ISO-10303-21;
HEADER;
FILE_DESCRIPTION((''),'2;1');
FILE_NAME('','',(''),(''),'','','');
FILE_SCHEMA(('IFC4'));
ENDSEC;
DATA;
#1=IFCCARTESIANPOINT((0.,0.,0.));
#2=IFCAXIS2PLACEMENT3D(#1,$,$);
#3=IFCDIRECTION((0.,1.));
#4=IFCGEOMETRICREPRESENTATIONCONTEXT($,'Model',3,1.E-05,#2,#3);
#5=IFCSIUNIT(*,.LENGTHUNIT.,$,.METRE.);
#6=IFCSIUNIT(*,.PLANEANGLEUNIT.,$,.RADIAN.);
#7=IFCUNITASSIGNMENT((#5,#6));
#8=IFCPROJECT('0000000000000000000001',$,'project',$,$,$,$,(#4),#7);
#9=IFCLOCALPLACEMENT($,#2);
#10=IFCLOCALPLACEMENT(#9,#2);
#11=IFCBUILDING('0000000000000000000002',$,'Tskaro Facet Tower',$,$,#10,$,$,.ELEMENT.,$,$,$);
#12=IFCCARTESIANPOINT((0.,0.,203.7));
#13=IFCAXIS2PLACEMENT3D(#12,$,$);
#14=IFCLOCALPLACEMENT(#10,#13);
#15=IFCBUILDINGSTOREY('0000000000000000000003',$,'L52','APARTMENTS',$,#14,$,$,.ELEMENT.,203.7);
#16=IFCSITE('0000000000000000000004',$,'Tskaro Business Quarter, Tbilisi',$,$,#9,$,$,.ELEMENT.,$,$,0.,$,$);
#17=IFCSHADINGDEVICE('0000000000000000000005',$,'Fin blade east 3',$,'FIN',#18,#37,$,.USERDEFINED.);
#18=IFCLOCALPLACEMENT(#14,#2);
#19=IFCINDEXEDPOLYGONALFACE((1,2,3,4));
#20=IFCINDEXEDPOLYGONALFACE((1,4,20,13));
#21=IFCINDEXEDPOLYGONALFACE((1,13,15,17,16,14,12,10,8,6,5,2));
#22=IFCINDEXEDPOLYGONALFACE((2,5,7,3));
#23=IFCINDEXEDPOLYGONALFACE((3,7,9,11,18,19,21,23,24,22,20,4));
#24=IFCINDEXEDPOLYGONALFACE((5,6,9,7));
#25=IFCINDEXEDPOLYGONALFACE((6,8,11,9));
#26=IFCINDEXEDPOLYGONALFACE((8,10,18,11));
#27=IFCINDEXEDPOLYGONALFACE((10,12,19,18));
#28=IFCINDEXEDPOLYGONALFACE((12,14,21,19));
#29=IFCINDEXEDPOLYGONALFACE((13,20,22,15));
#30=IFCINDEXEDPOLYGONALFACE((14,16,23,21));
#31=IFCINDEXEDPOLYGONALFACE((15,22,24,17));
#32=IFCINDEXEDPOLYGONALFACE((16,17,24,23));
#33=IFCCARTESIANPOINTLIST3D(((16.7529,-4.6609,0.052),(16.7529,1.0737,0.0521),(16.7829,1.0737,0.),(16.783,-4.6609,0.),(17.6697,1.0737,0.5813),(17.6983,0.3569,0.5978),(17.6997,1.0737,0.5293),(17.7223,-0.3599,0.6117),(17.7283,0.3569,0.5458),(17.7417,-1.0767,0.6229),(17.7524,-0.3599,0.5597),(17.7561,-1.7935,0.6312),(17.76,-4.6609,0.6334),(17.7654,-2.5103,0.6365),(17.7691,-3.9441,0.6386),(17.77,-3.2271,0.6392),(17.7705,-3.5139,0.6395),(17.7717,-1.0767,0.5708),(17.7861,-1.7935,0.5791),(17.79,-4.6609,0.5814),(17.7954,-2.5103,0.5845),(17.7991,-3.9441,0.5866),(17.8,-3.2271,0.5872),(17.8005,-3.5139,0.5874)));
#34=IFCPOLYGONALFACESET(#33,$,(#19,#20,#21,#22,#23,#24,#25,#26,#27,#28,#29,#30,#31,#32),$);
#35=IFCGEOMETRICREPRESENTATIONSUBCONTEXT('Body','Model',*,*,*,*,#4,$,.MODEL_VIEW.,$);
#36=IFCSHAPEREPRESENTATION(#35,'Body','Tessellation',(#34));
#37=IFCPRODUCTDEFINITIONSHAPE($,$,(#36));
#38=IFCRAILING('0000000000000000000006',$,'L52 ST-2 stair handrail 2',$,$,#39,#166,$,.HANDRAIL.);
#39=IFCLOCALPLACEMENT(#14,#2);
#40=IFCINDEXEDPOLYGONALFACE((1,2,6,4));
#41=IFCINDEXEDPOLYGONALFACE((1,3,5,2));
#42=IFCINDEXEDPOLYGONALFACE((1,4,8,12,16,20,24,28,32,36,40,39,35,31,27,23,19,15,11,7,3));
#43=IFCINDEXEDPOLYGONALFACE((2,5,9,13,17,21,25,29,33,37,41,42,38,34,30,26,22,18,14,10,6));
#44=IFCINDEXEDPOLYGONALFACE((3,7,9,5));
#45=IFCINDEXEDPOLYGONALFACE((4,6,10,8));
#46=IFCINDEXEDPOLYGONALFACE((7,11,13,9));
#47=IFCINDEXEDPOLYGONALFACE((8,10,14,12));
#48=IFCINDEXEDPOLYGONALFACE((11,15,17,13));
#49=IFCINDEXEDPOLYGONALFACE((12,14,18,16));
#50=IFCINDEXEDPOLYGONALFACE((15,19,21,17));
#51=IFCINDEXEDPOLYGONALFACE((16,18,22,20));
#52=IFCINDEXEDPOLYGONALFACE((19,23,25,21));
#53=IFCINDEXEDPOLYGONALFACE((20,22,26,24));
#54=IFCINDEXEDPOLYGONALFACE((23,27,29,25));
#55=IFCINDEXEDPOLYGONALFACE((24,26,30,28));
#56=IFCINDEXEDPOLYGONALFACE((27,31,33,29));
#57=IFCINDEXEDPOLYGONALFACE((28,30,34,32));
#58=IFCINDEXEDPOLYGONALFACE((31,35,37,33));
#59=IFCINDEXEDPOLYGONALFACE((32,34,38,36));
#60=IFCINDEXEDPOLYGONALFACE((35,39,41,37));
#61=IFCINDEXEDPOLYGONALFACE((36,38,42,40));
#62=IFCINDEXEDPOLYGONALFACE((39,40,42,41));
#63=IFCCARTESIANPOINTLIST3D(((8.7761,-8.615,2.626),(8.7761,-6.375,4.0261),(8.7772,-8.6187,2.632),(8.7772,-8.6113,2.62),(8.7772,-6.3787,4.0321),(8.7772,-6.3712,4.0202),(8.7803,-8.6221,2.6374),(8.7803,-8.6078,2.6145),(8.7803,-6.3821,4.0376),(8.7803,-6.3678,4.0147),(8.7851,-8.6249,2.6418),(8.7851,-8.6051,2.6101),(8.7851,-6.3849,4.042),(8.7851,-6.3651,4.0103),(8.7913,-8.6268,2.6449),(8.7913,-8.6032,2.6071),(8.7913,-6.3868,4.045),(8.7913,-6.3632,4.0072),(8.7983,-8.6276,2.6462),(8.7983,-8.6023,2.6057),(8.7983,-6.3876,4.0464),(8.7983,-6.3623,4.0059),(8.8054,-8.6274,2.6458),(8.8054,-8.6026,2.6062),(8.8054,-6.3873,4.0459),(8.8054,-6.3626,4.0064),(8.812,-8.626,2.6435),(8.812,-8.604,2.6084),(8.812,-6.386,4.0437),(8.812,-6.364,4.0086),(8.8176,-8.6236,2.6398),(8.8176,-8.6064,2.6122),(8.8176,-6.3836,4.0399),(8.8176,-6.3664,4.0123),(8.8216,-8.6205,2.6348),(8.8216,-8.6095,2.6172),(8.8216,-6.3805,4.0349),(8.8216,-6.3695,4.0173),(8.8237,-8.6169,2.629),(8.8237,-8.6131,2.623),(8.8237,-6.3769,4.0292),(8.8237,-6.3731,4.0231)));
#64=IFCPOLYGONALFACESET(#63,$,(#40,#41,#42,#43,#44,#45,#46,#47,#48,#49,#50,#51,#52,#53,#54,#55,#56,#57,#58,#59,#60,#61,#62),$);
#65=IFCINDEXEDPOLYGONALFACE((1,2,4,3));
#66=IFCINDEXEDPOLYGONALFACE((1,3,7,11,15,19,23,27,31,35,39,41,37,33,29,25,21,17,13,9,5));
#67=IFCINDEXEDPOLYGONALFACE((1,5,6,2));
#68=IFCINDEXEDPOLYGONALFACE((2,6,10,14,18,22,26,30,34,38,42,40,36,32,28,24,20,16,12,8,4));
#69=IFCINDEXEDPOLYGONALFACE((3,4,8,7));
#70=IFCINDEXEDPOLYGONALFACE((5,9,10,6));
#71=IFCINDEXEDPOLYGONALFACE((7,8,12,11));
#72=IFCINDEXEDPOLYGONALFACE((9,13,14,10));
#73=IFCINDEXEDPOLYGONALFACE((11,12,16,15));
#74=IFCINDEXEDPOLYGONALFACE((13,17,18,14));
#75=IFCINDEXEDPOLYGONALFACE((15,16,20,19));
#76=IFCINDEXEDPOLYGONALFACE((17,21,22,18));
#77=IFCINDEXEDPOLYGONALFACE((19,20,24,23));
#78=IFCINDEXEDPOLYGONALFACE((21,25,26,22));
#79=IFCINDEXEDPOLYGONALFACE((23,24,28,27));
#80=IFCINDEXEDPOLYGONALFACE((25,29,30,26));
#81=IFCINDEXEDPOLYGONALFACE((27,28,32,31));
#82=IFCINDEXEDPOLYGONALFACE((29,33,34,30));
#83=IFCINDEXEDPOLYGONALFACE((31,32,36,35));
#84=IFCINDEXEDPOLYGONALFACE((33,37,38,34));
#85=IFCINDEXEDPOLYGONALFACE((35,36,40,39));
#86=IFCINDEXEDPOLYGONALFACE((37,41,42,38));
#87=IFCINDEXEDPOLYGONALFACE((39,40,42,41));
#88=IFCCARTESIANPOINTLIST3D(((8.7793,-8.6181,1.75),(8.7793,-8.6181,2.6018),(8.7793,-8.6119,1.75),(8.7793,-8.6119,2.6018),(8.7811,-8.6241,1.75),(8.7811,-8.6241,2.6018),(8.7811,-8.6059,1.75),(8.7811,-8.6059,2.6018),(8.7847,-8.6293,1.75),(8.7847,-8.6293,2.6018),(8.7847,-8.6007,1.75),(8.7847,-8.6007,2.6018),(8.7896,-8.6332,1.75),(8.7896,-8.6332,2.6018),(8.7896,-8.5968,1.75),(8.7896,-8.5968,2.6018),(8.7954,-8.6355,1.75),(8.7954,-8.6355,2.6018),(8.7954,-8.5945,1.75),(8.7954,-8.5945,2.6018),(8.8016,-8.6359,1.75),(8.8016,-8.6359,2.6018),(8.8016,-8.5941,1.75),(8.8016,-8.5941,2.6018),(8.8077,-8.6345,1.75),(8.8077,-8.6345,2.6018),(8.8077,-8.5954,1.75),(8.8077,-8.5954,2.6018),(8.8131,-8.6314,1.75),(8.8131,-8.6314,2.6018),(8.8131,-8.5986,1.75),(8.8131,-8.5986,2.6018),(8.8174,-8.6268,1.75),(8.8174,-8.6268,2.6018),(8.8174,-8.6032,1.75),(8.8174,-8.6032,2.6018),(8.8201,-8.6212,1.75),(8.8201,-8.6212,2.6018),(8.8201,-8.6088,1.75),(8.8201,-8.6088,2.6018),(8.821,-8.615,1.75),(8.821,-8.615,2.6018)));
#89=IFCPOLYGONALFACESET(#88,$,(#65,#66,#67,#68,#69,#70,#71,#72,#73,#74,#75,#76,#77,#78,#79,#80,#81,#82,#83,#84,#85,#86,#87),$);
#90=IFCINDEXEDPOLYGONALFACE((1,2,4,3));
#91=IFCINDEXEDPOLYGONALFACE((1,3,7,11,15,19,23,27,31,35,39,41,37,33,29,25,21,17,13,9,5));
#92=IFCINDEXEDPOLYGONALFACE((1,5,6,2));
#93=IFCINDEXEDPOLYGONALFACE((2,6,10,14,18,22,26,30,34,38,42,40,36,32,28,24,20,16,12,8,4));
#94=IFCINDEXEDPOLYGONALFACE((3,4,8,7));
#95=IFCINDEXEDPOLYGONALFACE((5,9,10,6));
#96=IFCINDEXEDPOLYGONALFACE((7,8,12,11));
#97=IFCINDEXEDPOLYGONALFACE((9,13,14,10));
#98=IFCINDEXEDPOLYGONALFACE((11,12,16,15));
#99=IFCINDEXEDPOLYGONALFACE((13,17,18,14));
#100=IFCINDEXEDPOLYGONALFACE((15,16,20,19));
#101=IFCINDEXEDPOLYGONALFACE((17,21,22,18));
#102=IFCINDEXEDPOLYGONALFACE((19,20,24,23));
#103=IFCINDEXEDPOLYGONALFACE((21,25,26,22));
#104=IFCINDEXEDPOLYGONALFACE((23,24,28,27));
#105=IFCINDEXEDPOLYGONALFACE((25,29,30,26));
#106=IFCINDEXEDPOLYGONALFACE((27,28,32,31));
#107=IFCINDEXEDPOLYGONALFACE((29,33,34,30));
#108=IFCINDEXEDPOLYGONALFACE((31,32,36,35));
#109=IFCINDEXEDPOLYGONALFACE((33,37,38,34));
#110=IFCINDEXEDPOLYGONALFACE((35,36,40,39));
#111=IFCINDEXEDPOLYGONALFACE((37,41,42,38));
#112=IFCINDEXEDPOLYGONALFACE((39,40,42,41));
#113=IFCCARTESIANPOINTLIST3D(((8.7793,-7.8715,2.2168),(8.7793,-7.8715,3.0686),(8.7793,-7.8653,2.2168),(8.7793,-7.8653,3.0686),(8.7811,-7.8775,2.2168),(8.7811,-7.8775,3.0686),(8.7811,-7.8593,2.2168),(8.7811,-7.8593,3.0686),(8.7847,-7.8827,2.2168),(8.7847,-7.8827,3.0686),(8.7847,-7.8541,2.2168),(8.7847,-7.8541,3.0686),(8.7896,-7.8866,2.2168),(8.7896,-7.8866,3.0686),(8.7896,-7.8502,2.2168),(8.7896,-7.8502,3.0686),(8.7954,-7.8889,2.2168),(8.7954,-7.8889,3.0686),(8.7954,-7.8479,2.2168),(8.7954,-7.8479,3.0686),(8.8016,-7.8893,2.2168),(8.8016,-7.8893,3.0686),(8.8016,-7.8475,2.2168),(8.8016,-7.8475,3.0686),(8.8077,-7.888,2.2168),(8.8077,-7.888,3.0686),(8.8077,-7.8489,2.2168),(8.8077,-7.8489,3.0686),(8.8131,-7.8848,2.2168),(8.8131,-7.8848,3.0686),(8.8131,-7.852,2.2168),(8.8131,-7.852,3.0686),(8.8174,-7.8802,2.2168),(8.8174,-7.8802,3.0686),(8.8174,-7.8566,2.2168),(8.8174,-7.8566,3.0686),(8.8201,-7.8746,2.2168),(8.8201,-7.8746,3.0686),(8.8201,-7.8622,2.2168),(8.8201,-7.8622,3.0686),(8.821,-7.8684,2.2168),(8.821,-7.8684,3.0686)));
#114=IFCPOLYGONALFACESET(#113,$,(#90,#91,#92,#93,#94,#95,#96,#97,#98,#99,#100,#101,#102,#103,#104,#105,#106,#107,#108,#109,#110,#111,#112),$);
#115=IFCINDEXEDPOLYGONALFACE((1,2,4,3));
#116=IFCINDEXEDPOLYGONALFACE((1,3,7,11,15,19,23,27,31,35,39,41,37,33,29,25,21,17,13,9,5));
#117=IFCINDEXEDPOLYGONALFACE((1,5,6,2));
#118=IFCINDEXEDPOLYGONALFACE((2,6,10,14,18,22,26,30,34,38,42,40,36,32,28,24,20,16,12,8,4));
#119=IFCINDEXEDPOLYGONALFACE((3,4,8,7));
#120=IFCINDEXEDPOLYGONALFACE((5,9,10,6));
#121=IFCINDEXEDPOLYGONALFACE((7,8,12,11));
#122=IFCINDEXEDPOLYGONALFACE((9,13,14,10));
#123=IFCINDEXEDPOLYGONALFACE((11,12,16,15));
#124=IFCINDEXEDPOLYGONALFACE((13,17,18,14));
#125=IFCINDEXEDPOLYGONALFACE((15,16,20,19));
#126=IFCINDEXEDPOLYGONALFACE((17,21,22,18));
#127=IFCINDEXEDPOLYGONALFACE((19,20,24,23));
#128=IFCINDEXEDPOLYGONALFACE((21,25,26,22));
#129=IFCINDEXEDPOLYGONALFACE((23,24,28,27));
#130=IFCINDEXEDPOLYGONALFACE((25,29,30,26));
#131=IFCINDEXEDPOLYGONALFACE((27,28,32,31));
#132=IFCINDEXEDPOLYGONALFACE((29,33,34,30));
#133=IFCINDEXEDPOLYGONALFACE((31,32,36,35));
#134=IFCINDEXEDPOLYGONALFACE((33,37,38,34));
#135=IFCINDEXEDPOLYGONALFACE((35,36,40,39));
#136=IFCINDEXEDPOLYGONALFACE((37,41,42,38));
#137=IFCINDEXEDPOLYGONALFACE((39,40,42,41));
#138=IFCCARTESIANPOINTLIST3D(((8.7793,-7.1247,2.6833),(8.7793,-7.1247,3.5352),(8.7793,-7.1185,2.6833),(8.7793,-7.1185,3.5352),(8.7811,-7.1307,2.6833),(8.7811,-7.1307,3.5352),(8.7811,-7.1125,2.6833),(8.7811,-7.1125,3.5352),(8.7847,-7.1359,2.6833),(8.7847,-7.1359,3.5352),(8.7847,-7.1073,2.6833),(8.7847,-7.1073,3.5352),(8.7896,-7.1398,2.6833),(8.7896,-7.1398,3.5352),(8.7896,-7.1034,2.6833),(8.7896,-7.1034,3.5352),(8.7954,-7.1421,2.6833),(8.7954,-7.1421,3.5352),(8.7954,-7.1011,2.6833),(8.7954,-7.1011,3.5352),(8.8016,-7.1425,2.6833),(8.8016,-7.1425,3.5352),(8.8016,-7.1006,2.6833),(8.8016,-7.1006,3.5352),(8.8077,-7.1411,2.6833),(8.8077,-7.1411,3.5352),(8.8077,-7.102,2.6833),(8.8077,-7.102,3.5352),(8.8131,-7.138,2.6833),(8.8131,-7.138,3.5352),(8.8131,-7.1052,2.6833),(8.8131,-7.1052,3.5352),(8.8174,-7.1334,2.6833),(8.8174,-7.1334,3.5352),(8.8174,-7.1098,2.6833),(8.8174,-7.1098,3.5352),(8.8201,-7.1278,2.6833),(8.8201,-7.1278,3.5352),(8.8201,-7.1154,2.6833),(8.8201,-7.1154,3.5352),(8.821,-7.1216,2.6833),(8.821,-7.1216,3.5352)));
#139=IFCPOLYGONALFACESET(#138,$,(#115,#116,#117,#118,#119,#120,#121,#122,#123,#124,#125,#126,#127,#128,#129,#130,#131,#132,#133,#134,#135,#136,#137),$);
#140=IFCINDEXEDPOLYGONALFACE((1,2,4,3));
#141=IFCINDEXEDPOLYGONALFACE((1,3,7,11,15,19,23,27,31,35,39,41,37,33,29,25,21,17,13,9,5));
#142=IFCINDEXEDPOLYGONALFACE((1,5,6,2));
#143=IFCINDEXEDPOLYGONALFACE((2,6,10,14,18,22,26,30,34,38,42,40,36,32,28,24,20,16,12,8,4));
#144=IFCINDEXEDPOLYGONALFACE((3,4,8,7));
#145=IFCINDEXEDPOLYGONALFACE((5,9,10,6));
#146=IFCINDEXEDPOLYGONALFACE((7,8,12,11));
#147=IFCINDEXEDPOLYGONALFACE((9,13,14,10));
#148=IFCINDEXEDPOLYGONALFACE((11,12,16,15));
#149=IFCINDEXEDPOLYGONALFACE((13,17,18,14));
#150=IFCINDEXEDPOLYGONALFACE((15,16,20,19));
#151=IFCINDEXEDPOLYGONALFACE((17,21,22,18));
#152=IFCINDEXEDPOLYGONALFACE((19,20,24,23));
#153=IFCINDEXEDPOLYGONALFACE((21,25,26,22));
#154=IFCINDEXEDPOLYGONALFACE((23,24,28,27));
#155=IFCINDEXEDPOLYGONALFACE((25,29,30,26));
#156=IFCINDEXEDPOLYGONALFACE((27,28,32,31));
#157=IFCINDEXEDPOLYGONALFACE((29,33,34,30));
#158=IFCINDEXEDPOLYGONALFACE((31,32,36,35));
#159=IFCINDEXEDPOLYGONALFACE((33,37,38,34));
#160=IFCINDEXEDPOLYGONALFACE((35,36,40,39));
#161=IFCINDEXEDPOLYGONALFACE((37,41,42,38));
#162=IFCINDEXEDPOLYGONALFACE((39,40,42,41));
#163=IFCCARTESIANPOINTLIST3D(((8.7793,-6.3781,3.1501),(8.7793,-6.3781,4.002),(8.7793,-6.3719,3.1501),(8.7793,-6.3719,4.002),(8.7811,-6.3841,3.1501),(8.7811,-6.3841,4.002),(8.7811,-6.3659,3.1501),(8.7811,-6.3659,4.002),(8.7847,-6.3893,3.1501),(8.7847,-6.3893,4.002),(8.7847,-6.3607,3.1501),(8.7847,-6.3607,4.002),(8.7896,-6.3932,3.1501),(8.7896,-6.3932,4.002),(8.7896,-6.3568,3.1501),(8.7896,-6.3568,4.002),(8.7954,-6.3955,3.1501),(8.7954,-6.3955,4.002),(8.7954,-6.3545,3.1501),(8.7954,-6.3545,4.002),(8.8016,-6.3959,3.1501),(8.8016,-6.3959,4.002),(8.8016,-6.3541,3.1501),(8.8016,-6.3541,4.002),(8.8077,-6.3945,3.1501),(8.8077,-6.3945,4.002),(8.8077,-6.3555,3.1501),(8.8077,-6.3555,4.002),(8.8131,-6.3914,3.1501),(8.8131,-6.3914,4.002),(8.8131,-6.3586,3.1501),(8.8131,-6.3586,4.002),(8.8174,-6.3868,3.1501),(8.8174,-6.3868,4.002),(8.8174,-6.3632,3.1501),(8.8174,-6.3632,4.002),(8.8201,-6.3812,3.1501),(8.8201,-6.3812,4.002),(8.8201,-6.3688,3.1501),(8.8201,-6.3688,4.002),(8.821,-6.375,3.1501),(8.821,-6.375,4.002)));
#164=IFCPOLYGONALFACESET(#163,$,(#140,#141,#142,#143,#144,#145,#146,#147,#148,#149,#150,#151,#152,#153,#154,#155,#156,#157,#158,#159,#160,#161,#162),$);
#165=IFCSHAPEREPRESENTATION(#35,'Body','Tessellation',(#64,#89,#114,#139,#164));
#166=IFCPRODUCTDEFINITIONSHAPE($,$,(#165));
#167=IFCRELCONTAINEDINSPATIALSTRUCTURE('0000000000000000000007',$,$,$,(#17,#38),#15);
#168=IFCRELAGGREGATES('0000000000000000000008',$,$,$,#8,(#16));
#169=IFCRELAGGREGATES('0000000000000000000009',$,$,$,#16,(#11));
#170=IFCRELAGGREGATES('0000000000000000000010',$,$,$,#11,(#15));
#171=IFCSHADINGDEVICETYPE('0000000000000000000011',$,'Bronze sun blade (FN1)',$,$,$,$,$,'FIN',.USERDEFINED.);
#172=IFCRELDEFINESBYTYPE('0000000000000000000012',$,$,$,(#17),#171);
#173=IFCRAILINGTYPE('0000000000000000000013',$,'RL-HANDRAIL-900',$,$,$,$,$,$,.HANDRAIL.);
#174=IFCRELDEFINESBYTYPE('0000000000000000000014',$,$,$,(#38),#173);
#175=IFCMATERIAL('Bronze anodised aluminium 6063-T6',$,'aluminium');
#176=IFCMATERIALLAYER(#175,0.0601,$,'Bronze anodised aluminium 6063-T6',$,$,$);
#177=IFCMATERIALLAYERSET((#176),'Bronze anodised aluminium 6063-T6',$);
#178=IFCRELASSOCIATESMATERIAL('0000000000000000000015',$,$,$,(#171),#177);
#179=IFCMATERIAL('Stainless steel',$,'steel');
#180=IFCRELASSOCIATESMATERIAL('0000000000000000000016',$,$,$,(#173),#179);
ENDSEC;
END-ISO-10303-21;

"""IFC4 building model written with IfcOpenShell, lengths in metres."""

from ifc_helpers import new_model, si_unit, direction, frame, origin, origin_2d, place, context, subcontext, project, spatial, polyline, circle, outline, extrude, material, layer, layer_set, type_object, element, save


model = new_model("IFC4")

# Units and contexts
model_context = context("Model", 3, precision=1e-05, world=origin(), true_north=direction((0.0, 1.0)))
body_context = subcontext(model_context, "Body", "Model", "MODEL_VIEW")
ifc_project = project(units=[si_unit("LENGTHUNIT", "METRE"), si_unit("PLANEANGLEUNIT", "RADIAN")], contexts=[model_context])

# Site, building, storey
site_placement = place(None, origin())
site = spatial("IfcSite", under=ifc_project, at=site_placement, Name="Tskaro Business Quarter, Tbilisi", CompositionType="ELEMENT", RefElevation=0.0)
building_placement = place(site_placement, origin())
building = spatial("IfcBuilding", under=site, at=building_placement, Name="Tskaro Facet Tower", CompositionType="ELEMENT")
storey_placement = place(building_placement, frame((0.0, 0.0, 203.7)))
storey = spatial("IfcBuildingStorey", under=building, at=storey_placement, Name="L52", Description="APARTMENTS", CompositionType="ELEMENT", Elevation=203.7)

# Shared definitions
ifc_material_1 = material(Name="Bronze anodised aluminium 6063-T6", Category="aluminium")

# Shading device
ifc_layer_1 = layer(ifc_material_1, 0.0601, Name="Bronze anodised aluminium 6063-T6")
ifc_layer_set_1 = layer_set([ifc_layer_1], Name="Bronze anodised aluminium 6063-T6")
shading_device_type = type_object("IfcShadingDeviceType", Name="Bronze sun blade (FN1)", ElementType="FIN", PredefinedType="USERDEFINED", material=ifc_layer_set_1)
shading_device_1_placement = place(storey_placement, frame((16.7529, -4.6609, 0.052), z_axis=(-0.499968, -0.000011, 0.866044), x_axis=(-0.000006, 1.0, 0.00001)))
element("IfcShadingDevice", 1, at=shading_device_1_placement, inside=storey, type_object=shading_device_type, Name="Fin blade east 3", ObjectType="FIN", PredefinedType="USERDEFINED", context=body_context, shape_type="SweptSolid", body=[
    extrude(outline(polyline([(0.0, 0.0), (5.7346, 0.0), (5.7346, -1.0586), (5.0178, -1.0916), (4.301, -1.1194), (3.5842, -1.1417), (2.8674, -1.1583), (2.1506, -1.169), (1.4338, -1.1744), (1.147, -1.1749), (0.7168, -1.1733), (0.0, -1.1628), (0.0, 0.0)])), origin(), (0.0, 0.0, -1.0), 0.0601),
])

# Railing
ifc_material_2 = material(Name="Stainless steel", Category="steel")
railing_type = type_object("IfcRailingType", Name="RL-HANDRAIL-900", PredefinedType="HANDRAIL", material=ifc_material_2)
railing_placement = place(storey_placement, frame((8.8, -8.615, 1.75)))
element("IfcRailing", 2, at=railing_placement, inside=storey, type_object=railing_type, Name="L52 ST-2 stair handrail 2", PredefinedType="HANDRAIL", context=body_context, shape_type="SweptSolid", body=[
    extrude(circle(Radius=0.0239, at=origin_2d()), frame((0.0, 0.0, 0.876), z_axis=(0.0, 0.847972, 0.53004), x_axis=(-1.0, 0.0, 0.0)), (0.0, 0.0, 1.0), 2.6416),
    extrude(circle(Radius=0.021, at=origin_2d()), origin(), (0.0, 0.0, 1.0), 0.8518),
    extrude(circle(Radius=0.021, at=origin_2d()), frame((0.0, 0.7466, 0.4668)), (0.0, 0.0, 1.0), 0.8518),
    extrude(circle(Radius=0.021, at=origin_2d()), frame((0.0, 1.4934, 0.9333)), (0.0, 0.0, 1.0), 0.8518),
    extrude(circle(Radius=0.021, at=origin_2d()), frame((0.0, 2.24, 1.4001)), (0.0, 0.0, 1.0), 0.8518),
])

save(model, "model.ifc")
